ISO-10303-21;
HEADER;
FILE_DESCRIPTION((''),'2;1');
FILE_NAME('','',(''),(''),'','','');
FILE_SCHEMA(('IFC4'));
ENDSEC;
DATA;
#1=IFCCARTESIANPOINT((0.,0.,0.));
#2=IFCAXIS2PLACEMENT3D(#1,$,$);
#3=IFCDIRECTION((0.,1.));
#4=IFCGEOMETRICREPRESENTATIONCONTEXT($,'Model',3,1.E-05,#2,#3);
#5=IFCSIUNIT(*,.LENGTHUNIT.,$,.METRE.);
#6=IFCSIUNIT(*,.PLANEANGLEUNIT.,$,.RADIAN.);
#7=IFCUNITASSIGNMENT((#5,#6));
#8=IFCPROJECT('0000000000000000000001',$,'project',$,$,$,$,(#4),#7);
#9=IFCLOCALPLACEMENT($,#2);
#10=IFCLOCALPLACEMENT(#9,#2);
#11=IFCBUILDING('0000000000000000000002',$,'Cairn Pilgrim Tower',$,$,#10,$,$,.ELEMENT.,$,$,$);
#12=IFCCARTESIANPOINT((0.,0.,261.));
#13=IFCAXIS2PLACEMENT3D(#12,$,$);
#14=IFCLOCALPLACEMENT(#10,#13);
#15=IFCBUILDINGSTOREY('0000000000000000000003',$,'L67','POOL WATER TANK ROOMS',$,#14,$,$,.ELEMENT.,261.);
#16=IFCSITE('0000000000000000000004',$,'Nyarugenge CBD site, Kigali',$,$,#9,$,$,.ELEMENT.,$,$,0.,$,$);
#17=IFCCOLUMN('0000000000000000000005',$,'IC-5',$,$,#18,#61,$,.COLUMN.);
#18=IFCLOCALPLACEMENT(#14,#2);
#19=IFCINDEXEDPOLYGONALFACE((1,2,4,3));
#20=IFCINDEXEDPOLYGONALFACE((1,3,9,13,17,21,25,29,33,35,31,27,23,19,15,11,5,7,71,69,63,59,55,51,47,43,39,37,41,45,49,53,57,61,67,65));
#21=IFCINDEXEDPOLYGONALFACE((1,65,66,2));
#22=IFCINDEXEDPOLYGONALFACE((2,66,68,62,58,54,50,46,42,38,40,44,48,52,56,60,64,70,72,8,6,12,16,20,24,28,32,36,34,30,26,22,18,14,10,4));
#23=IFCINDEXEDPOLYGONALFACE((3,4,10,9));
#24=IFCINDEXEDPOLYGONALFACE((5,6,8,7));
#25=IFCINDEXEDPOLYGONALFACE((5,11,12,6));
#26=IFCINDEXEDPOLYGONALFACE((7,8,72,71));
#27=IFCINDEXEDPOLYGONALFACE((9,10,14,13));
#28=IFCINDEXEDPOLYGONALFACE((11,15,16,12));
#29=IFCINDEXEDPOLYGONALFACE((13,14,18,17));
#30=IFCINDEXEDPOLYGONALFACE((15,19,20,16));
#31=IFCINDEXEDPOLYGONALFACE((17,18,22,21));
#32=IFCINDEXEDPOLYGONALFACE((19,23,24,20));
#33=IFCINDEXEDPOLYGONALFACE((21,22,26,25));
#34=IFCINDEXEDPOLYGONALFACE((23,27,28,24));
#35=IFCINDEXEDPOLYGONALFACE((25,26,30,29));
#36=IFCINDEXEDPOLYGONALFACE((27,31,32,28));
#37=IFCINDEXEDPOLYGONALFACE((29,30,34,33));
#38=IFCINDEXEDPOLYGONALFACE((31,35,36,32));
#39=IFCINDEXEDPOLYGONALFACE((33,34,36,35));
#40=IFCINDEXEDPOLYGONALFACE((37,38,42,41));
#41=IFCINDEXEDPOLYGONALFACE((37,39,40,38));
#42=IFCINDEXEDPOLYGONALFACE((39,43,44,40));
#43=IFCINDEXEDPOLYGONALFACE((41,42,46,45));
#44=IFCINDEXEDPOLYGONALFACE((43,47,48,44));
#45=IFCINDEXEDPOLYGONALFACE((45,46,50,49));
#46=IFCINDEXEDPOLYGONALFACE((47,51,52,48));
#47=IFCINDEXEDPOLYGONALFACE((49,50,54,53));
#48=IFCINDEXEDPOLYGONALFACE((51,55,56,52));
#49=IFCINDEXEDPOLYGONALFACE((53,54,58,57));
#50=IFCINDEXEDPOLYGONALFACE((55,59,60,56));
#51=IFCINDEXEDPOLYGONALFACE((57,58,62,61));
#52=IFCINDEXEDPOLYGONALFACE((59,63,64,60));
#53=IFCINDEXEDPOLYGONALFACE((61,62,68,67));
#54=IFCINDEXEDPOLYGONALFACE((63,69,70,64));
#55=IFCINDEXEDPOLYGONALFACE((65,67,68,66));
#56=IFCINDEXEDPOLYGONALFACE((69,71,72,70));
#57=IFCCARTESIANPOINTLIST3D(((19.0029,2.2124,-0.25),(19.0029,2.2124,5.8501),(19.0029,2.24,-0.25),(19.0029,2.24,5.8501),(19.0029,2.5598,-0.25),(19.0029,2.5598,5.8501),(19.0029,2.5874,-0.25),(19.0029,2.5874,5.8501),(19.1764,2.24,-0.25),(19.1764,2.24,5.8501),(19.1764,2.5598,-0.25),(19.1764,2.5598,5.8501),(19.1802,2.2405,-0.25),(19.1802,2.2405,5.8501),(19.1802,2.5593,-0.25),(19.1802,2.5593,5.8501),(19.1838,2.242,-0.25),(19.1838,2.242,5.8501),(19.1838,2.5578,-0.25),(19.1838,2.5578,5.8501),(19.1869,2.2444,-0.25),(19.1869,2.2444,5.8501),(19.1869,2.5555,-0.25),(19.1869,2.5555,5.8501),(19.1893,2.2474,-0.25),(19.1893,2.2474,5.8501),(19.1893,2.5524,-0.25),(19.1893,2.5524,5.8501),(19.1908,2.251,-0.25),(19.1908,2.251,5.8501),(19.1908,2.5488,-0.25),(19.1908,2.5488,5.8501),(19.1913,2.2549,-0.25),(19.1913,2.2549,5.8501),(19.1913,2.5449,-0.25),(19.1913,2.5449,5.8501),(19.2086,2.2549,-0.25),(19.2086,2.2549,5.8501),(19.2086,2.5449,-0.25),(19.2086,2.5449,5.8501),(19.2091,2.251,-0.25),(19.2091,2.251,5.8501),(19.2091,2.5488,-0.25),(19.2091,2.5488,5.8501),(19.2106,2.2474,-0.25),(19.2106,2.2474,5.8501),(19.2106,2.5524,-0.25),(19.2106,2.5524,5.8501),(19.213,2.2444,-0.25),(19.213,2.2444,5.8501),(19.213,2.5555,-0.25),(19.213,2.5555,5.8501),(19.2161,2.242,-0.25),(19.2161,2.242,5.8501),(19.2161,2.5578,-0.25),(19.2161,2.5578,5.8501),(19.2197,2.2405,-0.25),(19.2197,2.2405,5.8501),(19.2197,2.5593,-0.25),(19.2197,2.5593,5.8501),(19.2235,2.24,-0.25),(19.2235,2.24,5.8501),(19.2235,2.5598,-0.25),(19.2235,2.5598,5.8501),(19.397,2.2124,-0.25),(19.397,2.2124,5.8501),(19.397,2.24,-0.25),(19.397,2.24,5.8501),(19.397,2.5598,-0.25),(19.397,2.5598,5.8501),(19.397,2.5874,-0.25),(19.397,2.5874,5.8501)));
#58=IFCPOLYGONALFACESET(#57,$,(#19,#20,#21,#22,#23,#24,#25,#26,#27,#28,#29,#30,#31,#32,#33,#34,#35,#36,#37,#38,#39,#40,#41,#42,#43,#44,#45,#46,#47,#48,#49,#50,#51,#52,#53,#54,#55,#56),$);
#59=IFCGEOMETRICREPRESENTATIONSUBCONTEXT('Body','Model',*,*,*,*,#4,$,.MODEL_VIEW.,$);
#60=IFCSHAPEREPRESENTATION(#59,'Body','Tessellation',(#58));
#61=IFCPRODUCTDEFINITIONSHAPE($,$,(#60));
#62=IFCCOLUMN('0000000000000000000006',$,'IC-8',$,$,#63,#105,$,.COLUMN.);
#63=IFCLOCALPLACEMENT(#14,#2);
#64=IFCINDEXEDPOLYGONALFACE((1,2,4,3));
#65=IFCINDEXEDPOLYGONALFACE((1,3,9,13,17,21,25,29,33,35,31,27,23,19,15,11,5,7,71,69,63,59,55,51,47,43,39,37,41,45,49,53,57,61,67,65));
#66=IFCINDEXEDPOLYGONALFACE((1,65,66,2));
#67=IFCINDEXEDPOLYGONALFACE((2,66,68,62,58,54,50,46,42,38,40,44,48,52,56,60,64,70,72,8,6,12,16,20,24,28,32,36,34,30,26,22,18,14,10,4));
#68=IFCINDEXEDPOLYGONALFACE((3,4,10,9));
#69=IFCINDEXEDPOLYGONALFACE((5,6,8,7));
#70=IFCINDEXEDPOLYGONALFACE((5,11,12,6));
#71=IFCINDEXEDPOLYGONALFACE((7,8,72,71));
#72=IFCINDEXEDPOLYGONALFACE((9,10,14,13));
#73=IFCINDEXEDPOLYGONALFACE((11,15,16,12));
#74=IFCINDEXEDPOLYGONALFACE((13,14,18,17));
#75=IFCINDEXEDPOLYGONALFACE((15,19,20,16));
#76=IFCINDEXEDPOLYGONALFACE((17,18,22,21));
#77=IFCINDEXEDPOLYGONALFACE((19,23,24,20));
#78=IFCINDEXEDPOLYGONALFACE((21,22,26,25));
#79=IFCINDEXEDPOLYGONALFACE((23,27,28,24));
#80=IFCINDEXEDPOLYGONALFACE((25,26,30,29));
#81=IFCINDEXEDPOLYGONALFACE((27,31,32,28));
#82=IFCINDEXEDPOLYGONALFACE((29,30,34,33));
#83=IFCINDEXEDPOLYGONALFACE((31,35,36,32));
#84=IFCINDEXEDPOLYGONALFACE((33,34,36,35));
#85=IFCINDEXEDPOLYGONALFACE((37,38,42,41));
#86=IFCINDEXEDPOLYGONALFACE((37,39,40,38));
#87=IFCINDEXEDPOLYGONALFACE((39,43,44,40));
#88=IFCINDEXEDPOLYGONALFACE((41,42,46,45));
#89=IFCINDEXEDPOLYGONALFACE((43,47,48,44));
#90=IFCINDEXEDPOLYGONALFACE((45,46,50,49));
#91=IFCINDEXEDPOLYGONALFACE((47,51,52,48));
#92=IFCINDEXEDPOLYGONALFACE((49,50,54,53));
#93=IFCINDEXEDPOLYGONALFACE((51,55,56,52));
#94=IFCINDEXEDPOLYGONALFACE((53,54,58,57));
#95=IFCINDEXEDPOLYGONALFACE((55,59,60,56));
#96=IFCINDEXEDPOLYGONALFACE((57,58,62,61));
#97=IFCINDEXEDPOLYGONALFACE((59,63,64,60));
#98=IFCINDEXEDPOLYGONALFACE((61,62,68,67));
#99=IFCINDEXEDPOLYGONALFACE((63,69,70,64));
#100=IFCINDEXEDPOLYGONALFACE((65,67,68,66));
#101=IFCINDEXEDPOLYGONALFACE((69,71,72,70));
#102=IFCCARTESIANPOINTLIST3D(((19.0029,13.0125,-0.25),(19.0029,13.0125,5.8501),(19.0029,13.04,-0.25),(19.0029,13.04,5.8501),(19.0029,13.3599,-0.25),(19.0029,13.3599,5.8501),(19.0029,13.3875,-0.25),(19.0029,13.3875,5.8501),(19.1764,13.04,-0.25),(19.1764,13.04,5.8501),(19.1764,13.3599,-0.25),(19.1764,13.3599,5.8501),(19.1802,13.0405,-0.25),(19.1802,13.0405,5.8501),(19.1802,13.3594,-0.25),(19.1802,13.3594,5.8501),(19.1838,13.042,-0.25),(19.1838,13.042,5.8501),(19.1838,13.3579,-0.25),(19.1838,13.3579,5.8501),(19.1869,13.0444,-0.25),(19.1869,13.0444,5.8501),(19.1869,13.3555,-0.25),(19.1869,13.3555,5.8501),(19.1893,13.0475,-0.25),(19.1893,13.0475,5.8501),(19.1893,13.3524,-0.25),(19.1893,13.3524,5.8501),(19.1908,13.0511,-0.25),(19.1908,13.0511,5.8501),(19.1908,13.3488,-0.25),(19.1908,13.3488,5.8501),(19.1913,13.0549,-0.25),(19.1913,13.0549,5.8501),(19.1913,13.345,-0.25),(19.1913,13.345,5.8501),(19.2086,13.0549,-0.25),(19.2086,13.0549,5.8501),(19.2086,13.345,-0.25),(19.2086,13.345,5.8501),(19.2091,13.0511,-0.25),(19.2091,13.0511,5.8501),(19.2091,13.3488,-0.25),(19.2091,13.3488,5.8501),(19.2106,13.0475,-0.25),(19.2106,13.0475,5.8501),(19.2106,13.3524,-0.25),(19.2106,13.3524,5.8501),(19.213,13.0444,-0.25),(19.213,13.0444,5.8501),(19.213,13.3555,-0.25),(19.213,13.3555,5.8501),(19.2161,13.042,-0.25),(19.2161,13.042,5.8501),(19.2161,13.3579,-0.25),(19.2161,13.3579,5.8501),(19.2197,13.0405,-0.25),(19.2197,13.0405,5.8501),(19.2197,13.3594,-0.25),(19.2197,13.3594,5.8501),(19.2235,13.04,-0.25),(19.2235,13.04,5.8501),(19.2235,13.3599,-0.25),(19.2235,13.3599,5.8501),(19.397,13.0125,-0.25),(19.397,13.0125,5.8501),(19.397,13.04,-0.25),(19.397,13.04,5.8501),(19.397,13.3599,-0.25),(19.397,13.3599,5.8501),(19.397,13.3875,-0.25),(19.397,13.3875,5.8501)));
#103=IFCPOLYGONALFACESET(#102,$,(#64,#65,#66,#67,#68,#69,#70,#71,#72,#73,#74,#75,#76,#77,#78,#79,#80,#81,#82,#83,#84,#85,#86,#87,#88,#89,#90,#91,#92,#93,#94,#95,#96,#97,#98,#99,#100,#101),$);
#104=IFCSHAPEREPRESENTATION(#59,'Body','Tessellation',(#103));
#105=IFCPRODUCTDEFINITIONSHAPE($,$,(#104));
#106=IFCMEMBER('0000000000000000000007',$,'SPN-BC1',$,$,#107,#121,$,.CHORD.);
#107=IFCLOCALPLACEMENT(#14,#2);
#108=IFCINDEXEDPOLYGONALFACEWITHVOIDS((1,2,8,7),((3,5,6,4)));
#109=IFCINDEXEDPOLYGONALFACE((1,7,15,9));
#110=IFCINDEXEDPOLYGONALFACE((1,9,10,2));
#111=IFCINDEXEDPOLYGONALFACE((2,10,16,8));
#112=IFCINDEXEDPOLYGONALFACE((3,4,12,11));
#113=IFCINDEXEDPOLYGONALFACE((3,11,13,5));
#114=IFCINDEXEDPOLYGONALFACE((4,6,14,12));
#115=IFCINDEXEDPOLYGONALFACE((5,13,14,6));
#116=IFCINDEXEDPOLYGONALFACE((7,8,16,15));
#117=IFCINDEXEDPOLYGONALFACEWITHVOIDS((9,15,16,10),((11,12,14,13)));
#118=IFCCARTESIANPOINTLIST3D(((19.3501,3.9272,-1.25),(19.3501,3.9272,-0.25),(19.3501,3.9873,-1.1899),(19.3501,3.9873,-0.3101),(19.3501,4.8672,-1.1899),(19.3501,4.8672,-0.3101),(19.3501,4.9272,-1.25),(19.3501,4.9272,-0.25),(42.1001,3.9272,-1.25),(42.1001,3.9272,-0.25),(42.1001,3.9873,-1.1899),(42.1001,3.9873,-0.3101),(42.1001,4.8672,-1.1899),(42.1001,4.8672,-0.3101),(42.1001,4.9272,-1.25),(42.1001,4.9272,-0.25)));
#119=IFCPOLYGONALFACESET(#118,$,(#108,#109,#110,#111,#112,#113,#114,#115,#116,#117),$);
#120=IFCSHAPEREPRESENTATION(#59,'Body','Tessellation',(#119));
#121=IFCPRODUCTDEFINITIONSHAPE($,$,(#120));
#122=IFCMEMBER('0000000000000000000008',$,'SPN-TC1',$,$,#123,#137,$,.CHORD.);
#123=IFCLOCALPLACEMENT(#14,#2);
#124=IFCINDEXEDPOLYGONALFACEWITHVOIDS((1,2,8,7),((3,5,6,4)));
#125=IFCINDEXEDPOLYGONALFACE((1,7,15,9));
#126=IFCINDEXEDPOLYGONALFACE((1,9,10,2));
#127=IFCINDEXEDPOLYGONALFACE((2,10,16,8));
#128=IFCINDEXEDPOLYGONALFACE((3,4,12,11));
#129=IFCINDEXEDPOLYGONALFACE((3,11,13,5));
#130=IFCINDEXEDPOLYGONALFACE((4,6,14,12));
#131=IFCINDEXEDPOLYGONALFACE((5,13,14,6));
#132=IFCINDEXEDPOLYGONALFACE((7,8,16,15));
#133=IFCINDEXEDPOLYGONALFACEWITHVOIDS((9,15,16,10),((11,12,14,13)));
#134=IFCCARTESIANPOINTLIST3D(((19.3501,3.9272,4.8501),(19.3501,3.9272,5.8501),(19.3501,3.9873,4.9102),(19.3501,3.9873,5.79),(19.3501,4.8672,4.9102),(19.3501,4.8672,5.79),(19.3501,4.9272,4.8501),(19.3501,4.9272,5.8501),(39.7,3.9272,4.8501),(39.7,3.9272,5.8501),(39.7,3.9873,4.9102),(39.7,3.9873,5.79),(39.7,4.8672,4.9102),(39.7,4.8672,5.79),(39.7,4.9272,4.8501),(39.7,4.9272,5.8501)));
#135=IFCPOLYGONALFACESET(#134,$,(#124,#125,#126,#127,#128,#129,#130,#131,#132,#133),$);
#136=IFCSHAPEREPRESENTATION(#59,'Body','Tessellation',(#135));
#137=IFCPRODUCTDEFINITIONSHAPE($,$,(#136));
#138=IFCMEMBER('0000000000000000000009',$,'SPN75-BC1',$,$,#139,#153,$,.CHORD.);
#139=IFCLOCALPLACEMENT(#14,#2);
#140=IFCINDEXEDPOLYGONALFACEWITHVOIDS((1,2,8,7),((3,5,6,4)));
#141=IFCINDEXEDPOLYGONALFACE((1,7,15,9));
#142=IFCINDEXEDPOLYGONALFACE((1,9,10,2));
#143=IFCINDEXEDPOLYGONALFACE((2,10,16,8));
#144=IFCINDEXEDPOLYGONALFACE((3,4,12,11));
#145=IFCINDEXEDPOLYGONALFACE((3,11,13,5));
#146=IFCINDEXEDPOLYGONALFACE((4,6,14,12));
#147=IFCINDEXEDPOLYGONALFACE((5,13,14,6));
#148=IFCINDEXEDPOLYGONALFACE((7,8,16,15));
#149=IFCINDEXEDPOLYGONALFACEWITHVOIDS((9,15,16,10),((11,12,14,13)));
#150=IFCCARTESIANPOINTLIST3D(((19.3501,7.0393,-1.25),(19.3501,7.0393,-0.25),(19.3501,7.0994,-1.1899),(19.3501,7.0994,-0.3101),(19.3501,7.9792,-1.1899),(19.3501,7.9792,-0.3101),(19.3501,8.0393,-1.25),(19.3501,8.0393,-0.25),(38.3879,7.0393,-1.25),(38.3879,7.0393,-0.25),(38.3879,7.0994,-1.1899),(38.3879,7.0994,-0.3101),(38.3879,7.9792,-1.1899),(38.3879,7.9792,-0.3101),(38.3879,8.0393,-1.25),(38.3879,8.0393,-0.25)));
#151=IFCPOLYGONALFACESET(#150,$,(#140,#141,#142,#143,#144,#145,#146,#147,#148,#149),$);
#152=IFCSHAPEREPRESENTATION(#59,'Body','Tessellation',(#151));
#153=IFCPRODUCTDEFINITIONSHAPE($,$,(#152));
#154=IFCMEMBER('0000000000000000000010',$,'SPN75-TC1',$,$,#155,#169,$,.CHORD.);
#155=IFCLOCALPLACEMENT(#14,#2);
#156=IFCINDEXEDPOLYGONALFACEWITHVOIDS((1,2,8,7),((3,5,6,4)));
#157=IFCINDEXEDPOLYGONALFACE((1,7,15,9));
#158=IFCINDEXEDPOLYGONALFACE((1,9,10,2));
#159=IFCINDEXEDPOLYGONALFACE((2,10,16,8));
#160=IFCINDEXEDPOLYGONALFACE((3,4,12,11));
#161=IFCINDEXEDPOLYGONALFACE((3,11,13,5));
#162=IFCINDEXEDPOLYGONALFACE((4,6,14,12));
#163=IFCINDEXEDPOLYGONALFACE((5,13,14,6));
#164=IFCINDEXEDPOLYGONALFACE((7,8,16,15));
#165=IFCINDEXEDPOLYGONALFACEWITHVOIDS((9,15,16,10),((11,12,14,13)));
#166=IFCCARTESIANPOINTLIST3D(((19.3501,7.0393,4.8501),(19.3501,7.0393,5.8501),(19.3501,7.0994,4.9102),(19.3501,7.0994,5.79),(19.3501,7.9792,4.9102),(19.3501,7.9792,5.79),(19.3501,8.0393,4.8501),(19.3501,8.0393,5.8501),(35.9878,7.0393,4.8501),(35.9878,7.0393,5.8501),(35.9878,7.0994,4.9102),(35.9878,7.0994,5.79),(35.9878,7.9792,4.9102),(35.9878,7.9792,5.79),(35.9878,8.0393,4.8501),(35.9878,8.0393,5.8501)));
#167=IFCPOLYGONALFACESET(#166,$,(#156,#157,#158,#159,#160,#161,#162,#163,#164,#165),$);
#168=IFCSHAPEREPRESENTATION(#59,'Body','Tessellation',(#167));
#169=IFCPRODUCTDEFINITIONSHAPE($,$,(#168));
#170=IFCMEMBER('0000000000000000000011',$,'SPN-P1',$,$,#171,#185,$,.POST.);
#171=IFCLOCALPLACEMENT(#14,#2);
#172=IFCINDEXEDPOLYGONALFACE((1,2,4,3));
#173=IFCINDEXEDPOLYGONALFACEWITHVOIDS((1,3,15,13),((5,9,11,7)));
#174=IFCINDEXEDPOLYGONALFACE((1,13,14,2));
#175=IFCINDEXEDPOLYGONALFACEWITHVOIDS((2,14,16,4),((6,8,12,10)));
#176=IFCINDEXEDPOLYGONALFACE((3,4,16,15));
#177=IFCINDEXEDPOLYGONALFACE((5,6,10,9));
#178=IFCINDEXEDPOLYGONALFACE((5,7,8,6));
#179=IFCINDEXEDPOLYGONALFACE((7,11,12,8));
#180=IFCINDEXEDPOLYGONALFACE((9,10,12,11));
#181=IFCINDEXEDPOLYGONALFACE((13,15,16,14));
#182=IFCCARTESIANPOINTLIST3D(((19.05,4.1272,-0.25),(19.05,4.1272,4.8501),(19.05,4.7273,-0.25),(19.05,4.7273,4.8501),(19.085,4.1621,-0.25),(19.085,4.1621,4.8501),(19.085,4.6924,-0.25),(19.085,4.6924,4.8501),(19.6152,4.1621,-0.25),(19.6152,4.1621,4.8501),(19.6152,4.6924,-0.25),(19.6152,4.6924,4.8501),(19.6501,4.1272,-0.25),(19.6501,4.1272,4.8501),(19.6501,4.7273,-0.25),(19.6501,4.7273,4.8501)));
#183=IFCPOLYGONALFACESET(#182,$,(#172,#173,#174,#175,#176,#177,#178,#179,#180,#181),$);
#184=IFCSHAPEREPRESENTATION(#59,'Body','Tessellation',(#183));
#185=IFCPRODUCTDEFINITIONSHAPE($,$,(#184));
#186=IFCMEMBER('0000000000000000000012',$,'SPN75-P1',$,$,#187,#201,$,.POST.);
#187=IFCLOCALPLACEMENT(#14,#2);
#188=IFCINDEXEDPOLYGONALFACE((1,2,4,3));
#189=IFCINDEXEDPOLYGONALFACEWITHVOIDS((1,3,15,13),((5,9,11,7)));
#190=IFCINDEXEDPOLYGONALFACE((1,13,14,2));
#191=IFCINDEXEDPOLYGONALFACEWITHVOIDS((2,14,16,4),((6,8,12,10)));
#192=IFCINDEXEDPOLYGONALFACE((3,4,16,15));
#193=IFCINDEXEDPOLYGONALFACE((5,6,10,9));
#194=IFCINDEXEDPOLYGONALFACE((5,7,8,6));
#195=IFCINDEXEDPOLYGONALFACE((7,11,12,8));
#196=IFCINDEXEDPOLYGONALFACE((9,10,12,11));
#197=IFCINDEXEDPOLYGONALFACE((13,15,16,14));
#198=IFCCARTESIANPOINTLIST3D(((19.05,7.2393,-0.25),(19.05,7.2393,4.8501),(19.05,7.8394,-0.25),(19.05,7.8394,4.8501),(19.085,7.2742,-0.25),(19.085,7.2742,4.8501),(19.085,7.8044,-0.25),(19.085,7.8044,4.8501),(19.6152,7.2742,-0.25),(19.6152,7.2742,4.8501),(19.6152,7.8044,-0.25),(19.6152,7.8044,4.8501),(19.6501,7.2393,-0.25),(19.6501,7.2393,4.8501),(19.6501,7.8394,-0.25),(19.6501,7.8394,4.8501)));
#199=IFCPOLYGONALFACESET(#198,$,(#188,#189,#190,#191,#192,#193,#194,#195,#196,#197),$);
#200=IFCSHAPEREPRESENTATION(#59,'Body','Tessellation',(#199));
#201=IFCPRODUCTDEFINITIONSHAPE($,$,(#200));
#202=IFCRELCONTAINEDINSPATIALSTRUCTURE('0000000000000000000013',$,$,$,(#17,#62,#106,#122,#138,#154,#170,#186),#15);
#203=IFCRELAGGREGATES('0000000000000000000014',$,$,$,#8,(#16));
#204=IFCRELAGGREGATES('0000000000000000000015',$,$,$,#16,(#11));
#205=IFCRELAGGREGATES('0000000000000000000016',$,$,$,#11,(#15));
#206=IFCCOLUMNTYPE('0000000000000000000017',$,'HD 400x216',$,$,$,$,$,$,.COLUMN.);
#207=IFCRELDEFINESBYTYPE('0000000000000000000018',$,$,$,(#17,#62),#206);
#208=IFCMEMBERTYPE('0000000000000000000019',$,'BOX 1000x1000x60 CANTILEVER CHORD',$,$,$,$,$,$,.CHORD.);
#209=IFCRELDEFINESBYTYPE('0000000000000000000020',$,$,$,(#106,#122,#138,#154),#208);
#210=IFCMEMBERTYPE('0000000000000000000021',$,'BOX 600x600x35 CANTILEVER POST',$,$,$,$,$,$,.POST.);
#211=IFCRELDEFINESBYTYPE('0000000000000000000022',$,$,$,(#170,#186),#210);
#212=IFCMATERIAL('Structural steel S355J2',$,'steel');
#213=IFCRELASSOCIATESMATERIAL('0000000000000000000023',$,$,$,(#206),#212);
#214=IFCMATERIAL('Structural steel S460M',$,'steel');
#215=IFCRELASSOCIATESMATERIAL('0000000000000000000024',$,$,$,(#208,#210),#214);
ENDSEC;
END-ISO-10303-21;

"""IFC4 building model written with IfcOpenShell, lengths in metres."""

from ifc_helpers import new_model, si_unit, direction, frame, origin, origin_2d, place, context, subcontext, project, spatial, hollow_rectangle, i_section, extrude, material, material_profile, profile_set, type_object, element, save


model = new_model("IFC4")

# Units and contexts
model_context = context("Model", 3, precision=1e-05, world=origin(), true_north=direction((0.0, 1.0)))
body_context = subcontext(model_context, "Body", "Model", "MODEL_VIEW")
ifc_project = project(units=[si_unit("LENGTHUNIT", "METRE"), si_unit("PLANEANGLEUNIT", "RADIAN")], contexts=[model_context])

# Site, building, storey
site_placement = place(None, origin())
site = spatial("IfcSite", under=ifc_project, at=site_placement, Name="Nyarugenge CBD site, Kigali", CompositionType="ELEMENT", RefElevation=0.0)
building_placement = place(site_placement, origin())
building = spatial("IfcBuilding", under=site, at=building_placement, Name="Cairn Pilgrim Tower", CompositionType="ELEMENT")
storey_placement = place(building_placement, frame((0.0, 0.0, 261.0)))
storey = spatial("IfcBuildingStorey", under=building, at=storey_placement, Name="L67", Description="POOL WATER TANK ROOMS", CompositionType="ELEMENT", Elevation=261.0)

# Columns
ifc_material_1 = material(Name="Structural steel S355J2", Category="steel")
ifc_material_profile_1 = material_profile(ifc_material_1, i_section(OverallWidth=0.394, OverallDepth=0.375, WebThickness=0.0173, FlangeThickness=0.0276, FilletRadius=0.0149, at=origin_2d()), Name="HD 400x216")
ifc_profile_set_1 = profile_set([ifc_material_profile_1], Name="Structural steel S355J2")
column_type = type_object("IfcColumnType", Name="HD 400x216", PredefinedType="COLUMN", material=ifc_profile_set_1)
for number, where, z_axis, x_axis, name in (
    (1, (19.2, 2.3999, -0.25), (0.0, 0.0, 1.0), (1.0, 0.0, 0.0), "IC-5"),
    (2, (19.2, 13.2, -0.25), (0.0, 0.0, 1.0), (1.0, 0.0, 0.0), "IC-8"),
):
    element("IfcColumn", number, at=place(storey_placement, frame(where, z_axis=z_axis, x_axis=x_axis)), inside=storey, type_object=column_type, Name=name, PredefinedType="COLUMN", context=body_context, shape_type="SweptSolid", body=[
        extrude(i_section(OverallWidth=0.394, OverallDepth=0.375, WebThickness=0.0173, FlangeThickness=0.0276, FilletRadius=0.0149, at=origin_2d()), origin(), (0.0, 0.0, 1.0), 6.1001),
    ])

# Members
ifc_material_2 = material(Name="Structural steel S460M", Category="steel")
ifc_material_profile_2 = material_profile(ifc_material_2, hollow_rectangle(XDim=1.0, YDim=1.0, WallThickness=0.0601, at=origin_2d()), Name="BOX 1000x1000x60")
ifc_profile_set_2 = profile_set([ifc_material_profile_2], Name="Structural steel S460M")
member_type_1 = type_object("IfcMemberType", Name="BOX 1000x1000x60 CANTILEVER CHORD", PredefinedType="CHORD", material=ifc_profile_set_2)
member_1_placement = place(storey_placement, frame((19.3501, 4.4272, -0.75), z_axis=(1.0, 0.0, 0.0), x_axis=(0.0, 1.0, 0.0)))
element("IfcMember", 3, at=member_1_placement, inside=storey, type_object=member_type_1, Name="SPN-BC1", PredefinedType="CHORD", context=body_context, shape_type="SweptSolid", body=[
    extrude(hollow_rectangle(XDim=1.0, YDim=1.0, WallThickness=0.0601, at=origin_2d()), origin(), (0.0, 0.0, 1.0), 22.75),
])
member_2_placement = place(storey_placement, frame((19.3501, 4.4272, 5.3501), z_axis=(1.0, 0.0, 0.0), x_axis=(0.0, 1.0, 0.0)))
element("IfcMember", 4, at=member_2_placement, inside=storey, type_object=member_type_1, Name="SPN-TC1", PredefinedType="CHORD", context=body_context, shape_type="SweptSolid", body=[
    extrude(hollow_rectangle(XDim=1.0, YDim=1.0, WallThickness=0.0601, at=origin_2d()), origin(), (0.0, 0.0, 1.0), 20.3499),
])
member_3_placement = place(storey_placement, frame((19.3501, 7.5393, -0.75), z_axis=(1.0, 0.0, 0.0), x_axis=(0.0, 1.0, 0.0)))
element("IfcMember", 5, at=member_3_placement, inside=storey, type_object=member_type_1, Name="SPN75-BC1", PredefinedType="CHORD", context=body_context, shape_type="SweptSolid", body=[
    extrude(hollow_rectangle(XDim=1.0, YDim=1.0, WallThickness=0.0601, at=origin_2d()), origin(), (0.0, 0.0, 1.0), 19.0378),
])
member_4_placement = place(storey_placement, frame((19.3501, 7.5393, 5.3501), z_axis=(1.0, 0.0, 0.0), x_axis=(0.0, 1.0, 0.0)))
element("IfcMember", 6, at=member_4_placement, inside=storey, type_object=member_type_1, Name="SPN75-TC1", PredefinedType="CHORD", context=body_context, shape_type="SweptSolid", body=[
    extrude(hollow_rectangle(XDim=1.0, YDim=1.0, WallThickness=0.0601, at=origin_2d()), origin(), (0.0, 0.0, 1.0), 16.6377),
])
ifc_material_profile_3 = material_profile(ifc_material_2, hollow_rectangle(XDim=0.6001, YDim=0.6001, WallThickness=0.0349, at=origin_2d()), Name="BOX 600x600x35")
ifc_profile_set_3 = profile_set([ifc_material_profile_3], Name="Structural steel S460M")
member_type_2 = type_object("IfcMemberType", Name="BOX 600x600x35 CANTILEVER POST", PredefinedType="POST", material=ifc_profile_set_3)
for number, where, z_axis, x_axis, name in (
    (7, (19.3501, 4.4272, -0.25), (0.0, 0.0, 1.0), (1.0, 0.0, 0.0), "SPN-P1"),
    (8, (19.3501, 7.5393, -0.25), (0.0, 0.0, 1.0), (1.0, 0.0, 0.0), "SPN75-P1"),
):
    element("IfcMember", number, at=place(storey_placement, frame(where, z_axis=z_axis, x_axis=x_axis)), inside=storey, type_object=member_type_2, Name=name, PredefinedType="POST", context=body_context, shape_type="SweptSolid", body=[
        extrude(hollow_rectangle(XDim=0.6001, YDim=0.6001, WallThickness=0.0349, at=origin_2d()), origin(), (0.0, 0.0, 1.0), 5.1001),
    ])

save(model, "model.ifc")
